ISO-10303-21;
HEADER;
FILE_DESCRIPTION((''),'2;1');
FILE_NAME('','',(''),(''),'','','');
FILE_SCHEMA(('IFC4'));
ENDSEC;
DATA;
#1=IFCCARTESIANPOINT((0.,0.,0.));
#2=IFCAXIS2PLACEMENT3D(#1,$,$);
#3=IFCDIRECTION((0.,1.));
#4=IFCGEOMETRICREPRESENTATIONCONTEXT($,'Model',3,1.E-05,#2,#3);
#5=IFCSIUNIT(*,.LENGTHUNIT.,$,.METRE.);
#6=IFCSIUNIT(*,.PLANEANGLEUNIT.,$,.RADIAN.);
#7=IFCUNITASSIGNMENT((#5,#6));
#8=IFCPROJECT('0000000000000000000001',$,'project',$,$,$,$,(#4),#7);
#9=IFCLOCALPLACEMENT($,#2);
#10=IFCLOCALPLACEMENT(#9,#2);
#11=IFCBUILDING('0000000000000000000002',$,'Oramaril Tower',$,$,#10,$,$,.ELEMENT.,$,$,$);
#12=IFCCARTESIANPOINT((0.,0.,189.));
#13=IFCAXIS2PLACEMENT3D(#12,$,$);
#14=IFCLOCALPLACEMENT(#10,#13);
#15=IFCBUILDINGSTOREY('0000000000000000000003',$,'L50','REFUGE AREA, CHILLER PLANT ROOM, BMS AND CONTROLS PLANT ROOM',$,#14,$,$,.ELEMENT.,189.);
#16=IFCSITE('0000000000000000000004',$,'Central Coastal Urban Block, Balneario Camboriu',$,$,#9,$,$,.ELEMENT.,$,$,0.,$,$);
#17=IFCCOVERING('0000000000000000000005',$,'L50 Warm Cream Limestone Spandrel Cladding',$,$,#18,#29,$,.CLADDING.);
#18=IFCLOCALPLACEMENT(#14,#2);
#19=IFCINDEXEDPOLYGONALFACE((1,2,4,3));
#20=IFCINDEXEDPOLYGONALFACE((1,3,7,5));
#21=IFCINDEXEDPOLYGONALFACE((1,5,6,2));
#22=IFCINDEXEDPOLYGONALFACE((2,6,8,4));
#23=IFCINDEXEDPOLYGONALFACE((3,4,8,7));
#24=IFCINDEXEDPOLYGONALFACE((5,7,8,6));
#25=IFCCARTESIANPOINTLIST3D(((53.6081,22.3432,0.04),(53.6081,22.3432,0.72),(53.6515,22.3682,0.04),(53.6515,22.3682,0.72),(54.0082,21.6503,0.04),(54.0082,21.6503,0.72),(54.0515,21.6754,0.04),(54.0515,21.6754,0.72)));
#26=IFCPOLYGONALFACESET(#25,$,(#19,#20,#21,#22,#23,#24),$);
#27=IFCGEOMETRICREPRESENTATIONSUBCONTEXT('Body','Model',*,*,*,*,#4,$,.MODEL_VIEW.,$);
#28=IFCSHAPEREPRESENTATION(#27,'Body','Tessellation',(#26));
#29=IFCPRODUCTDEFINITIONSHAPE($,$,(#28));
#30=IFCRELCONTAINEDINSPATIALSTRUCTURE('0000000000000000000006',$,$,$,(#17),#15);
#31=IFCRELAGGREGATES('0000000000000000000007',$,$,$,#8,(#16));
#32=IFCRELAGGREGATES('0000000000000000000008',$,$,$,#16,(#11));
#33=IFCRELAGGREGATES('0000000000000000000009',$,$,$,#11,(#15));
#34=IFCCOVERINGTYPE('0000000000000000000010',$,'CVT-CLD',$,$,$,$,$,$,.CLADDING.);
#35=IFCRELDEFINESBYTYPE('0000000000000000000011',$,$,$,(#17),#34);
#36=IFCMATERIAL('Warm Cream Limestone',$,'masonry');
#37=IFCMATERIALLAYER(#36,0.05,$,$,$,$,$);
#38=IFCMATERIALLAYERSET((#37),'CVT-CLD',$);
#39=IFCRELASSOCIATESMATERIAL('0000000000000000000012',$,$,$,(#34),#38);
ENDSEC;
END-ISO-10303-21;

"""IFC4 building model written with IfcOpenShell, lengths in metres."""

from ifc_helpers import new_model, si_unit, direction, frame, origin, origin_2d, place, context, subcontext, project, spatial, rectangle, extrude, material, layer, layer_set, type_object, element, save


model = new_model("IFC4")

# Units and contexts
model_context = context("Model", 3, precision=1e-05, world=origin(), true_north=direction((0.0, 1.0)))
body_context = subcontext(model_context, "Body", "Model", "MODEL_VIEW")
ifc_project = project(units=[si_unit("LENGTHUNIT", "METRE"), si_unit("PLANEANGLEUNIT", "RADIAN")], contexts=[model_context])

# Site, building, storey
site_placement = place(None, origin())
site = spatial("IfcSite", under=ifc_project, at=site_placement, Name="Central Coastal Urban Block, Balneario Camboriu", CompositionType="ELEMENT", RefElevation=0.0)
building_placement = place(site_placement, origin())
building = spatial("IfcBuilding", under=site, at=building_placement, Name="Oramaril Tower", CompositionType="ELEMENT")
storey_placement = place(building_placement, frame((0.0, 0.0, 189.0)))
storey = spatial("IfcBuildingStorey", under=building, at=storey_placement, Name="L50", Description="REFUGE AREA, CHILLER PLANT ROOM, BMS AND CONTROLS PLANT ROOM", CompositionType="ELEMENT", Elevation=189.0)

# Covering
ifc_material_1 = material(Name="Warm Cream Limestone", Category="masonry")
ifc_layer_1 = layer(ifc_material_1, 0.05)
ifc_layer_set_1 = layer_set([ifc_layer_1], Name="CVT-CLD")
covering_type = type_object("IfcCoveringType", Name="CVT-CLD", PredefinedType="CLADDING", material=ifc_layer_set_1)
covering_placement = place(storey_placement, frame((53.8298, 22.0093, 0.04), z_axis=(0.0, 0.0, 1.0), x_axis=(-0.5, 0.866025, 0.0)))
element("IfcCovering", 1, at=covering_placement, inside=storey, type_object=covering_type, Name="L50 Warm Cream Limestone Spandrel Cladding", PredefinedType="CLADDING", context=body_context, shape_type="SweptSolid", body=[
    extrude(rectangle(XDim=0.8, YDim=0.05, at=origin_2d()), origin(), (0.0, 0.0, 1.0), 0.6799),
])

save(model, "model.ifc")
